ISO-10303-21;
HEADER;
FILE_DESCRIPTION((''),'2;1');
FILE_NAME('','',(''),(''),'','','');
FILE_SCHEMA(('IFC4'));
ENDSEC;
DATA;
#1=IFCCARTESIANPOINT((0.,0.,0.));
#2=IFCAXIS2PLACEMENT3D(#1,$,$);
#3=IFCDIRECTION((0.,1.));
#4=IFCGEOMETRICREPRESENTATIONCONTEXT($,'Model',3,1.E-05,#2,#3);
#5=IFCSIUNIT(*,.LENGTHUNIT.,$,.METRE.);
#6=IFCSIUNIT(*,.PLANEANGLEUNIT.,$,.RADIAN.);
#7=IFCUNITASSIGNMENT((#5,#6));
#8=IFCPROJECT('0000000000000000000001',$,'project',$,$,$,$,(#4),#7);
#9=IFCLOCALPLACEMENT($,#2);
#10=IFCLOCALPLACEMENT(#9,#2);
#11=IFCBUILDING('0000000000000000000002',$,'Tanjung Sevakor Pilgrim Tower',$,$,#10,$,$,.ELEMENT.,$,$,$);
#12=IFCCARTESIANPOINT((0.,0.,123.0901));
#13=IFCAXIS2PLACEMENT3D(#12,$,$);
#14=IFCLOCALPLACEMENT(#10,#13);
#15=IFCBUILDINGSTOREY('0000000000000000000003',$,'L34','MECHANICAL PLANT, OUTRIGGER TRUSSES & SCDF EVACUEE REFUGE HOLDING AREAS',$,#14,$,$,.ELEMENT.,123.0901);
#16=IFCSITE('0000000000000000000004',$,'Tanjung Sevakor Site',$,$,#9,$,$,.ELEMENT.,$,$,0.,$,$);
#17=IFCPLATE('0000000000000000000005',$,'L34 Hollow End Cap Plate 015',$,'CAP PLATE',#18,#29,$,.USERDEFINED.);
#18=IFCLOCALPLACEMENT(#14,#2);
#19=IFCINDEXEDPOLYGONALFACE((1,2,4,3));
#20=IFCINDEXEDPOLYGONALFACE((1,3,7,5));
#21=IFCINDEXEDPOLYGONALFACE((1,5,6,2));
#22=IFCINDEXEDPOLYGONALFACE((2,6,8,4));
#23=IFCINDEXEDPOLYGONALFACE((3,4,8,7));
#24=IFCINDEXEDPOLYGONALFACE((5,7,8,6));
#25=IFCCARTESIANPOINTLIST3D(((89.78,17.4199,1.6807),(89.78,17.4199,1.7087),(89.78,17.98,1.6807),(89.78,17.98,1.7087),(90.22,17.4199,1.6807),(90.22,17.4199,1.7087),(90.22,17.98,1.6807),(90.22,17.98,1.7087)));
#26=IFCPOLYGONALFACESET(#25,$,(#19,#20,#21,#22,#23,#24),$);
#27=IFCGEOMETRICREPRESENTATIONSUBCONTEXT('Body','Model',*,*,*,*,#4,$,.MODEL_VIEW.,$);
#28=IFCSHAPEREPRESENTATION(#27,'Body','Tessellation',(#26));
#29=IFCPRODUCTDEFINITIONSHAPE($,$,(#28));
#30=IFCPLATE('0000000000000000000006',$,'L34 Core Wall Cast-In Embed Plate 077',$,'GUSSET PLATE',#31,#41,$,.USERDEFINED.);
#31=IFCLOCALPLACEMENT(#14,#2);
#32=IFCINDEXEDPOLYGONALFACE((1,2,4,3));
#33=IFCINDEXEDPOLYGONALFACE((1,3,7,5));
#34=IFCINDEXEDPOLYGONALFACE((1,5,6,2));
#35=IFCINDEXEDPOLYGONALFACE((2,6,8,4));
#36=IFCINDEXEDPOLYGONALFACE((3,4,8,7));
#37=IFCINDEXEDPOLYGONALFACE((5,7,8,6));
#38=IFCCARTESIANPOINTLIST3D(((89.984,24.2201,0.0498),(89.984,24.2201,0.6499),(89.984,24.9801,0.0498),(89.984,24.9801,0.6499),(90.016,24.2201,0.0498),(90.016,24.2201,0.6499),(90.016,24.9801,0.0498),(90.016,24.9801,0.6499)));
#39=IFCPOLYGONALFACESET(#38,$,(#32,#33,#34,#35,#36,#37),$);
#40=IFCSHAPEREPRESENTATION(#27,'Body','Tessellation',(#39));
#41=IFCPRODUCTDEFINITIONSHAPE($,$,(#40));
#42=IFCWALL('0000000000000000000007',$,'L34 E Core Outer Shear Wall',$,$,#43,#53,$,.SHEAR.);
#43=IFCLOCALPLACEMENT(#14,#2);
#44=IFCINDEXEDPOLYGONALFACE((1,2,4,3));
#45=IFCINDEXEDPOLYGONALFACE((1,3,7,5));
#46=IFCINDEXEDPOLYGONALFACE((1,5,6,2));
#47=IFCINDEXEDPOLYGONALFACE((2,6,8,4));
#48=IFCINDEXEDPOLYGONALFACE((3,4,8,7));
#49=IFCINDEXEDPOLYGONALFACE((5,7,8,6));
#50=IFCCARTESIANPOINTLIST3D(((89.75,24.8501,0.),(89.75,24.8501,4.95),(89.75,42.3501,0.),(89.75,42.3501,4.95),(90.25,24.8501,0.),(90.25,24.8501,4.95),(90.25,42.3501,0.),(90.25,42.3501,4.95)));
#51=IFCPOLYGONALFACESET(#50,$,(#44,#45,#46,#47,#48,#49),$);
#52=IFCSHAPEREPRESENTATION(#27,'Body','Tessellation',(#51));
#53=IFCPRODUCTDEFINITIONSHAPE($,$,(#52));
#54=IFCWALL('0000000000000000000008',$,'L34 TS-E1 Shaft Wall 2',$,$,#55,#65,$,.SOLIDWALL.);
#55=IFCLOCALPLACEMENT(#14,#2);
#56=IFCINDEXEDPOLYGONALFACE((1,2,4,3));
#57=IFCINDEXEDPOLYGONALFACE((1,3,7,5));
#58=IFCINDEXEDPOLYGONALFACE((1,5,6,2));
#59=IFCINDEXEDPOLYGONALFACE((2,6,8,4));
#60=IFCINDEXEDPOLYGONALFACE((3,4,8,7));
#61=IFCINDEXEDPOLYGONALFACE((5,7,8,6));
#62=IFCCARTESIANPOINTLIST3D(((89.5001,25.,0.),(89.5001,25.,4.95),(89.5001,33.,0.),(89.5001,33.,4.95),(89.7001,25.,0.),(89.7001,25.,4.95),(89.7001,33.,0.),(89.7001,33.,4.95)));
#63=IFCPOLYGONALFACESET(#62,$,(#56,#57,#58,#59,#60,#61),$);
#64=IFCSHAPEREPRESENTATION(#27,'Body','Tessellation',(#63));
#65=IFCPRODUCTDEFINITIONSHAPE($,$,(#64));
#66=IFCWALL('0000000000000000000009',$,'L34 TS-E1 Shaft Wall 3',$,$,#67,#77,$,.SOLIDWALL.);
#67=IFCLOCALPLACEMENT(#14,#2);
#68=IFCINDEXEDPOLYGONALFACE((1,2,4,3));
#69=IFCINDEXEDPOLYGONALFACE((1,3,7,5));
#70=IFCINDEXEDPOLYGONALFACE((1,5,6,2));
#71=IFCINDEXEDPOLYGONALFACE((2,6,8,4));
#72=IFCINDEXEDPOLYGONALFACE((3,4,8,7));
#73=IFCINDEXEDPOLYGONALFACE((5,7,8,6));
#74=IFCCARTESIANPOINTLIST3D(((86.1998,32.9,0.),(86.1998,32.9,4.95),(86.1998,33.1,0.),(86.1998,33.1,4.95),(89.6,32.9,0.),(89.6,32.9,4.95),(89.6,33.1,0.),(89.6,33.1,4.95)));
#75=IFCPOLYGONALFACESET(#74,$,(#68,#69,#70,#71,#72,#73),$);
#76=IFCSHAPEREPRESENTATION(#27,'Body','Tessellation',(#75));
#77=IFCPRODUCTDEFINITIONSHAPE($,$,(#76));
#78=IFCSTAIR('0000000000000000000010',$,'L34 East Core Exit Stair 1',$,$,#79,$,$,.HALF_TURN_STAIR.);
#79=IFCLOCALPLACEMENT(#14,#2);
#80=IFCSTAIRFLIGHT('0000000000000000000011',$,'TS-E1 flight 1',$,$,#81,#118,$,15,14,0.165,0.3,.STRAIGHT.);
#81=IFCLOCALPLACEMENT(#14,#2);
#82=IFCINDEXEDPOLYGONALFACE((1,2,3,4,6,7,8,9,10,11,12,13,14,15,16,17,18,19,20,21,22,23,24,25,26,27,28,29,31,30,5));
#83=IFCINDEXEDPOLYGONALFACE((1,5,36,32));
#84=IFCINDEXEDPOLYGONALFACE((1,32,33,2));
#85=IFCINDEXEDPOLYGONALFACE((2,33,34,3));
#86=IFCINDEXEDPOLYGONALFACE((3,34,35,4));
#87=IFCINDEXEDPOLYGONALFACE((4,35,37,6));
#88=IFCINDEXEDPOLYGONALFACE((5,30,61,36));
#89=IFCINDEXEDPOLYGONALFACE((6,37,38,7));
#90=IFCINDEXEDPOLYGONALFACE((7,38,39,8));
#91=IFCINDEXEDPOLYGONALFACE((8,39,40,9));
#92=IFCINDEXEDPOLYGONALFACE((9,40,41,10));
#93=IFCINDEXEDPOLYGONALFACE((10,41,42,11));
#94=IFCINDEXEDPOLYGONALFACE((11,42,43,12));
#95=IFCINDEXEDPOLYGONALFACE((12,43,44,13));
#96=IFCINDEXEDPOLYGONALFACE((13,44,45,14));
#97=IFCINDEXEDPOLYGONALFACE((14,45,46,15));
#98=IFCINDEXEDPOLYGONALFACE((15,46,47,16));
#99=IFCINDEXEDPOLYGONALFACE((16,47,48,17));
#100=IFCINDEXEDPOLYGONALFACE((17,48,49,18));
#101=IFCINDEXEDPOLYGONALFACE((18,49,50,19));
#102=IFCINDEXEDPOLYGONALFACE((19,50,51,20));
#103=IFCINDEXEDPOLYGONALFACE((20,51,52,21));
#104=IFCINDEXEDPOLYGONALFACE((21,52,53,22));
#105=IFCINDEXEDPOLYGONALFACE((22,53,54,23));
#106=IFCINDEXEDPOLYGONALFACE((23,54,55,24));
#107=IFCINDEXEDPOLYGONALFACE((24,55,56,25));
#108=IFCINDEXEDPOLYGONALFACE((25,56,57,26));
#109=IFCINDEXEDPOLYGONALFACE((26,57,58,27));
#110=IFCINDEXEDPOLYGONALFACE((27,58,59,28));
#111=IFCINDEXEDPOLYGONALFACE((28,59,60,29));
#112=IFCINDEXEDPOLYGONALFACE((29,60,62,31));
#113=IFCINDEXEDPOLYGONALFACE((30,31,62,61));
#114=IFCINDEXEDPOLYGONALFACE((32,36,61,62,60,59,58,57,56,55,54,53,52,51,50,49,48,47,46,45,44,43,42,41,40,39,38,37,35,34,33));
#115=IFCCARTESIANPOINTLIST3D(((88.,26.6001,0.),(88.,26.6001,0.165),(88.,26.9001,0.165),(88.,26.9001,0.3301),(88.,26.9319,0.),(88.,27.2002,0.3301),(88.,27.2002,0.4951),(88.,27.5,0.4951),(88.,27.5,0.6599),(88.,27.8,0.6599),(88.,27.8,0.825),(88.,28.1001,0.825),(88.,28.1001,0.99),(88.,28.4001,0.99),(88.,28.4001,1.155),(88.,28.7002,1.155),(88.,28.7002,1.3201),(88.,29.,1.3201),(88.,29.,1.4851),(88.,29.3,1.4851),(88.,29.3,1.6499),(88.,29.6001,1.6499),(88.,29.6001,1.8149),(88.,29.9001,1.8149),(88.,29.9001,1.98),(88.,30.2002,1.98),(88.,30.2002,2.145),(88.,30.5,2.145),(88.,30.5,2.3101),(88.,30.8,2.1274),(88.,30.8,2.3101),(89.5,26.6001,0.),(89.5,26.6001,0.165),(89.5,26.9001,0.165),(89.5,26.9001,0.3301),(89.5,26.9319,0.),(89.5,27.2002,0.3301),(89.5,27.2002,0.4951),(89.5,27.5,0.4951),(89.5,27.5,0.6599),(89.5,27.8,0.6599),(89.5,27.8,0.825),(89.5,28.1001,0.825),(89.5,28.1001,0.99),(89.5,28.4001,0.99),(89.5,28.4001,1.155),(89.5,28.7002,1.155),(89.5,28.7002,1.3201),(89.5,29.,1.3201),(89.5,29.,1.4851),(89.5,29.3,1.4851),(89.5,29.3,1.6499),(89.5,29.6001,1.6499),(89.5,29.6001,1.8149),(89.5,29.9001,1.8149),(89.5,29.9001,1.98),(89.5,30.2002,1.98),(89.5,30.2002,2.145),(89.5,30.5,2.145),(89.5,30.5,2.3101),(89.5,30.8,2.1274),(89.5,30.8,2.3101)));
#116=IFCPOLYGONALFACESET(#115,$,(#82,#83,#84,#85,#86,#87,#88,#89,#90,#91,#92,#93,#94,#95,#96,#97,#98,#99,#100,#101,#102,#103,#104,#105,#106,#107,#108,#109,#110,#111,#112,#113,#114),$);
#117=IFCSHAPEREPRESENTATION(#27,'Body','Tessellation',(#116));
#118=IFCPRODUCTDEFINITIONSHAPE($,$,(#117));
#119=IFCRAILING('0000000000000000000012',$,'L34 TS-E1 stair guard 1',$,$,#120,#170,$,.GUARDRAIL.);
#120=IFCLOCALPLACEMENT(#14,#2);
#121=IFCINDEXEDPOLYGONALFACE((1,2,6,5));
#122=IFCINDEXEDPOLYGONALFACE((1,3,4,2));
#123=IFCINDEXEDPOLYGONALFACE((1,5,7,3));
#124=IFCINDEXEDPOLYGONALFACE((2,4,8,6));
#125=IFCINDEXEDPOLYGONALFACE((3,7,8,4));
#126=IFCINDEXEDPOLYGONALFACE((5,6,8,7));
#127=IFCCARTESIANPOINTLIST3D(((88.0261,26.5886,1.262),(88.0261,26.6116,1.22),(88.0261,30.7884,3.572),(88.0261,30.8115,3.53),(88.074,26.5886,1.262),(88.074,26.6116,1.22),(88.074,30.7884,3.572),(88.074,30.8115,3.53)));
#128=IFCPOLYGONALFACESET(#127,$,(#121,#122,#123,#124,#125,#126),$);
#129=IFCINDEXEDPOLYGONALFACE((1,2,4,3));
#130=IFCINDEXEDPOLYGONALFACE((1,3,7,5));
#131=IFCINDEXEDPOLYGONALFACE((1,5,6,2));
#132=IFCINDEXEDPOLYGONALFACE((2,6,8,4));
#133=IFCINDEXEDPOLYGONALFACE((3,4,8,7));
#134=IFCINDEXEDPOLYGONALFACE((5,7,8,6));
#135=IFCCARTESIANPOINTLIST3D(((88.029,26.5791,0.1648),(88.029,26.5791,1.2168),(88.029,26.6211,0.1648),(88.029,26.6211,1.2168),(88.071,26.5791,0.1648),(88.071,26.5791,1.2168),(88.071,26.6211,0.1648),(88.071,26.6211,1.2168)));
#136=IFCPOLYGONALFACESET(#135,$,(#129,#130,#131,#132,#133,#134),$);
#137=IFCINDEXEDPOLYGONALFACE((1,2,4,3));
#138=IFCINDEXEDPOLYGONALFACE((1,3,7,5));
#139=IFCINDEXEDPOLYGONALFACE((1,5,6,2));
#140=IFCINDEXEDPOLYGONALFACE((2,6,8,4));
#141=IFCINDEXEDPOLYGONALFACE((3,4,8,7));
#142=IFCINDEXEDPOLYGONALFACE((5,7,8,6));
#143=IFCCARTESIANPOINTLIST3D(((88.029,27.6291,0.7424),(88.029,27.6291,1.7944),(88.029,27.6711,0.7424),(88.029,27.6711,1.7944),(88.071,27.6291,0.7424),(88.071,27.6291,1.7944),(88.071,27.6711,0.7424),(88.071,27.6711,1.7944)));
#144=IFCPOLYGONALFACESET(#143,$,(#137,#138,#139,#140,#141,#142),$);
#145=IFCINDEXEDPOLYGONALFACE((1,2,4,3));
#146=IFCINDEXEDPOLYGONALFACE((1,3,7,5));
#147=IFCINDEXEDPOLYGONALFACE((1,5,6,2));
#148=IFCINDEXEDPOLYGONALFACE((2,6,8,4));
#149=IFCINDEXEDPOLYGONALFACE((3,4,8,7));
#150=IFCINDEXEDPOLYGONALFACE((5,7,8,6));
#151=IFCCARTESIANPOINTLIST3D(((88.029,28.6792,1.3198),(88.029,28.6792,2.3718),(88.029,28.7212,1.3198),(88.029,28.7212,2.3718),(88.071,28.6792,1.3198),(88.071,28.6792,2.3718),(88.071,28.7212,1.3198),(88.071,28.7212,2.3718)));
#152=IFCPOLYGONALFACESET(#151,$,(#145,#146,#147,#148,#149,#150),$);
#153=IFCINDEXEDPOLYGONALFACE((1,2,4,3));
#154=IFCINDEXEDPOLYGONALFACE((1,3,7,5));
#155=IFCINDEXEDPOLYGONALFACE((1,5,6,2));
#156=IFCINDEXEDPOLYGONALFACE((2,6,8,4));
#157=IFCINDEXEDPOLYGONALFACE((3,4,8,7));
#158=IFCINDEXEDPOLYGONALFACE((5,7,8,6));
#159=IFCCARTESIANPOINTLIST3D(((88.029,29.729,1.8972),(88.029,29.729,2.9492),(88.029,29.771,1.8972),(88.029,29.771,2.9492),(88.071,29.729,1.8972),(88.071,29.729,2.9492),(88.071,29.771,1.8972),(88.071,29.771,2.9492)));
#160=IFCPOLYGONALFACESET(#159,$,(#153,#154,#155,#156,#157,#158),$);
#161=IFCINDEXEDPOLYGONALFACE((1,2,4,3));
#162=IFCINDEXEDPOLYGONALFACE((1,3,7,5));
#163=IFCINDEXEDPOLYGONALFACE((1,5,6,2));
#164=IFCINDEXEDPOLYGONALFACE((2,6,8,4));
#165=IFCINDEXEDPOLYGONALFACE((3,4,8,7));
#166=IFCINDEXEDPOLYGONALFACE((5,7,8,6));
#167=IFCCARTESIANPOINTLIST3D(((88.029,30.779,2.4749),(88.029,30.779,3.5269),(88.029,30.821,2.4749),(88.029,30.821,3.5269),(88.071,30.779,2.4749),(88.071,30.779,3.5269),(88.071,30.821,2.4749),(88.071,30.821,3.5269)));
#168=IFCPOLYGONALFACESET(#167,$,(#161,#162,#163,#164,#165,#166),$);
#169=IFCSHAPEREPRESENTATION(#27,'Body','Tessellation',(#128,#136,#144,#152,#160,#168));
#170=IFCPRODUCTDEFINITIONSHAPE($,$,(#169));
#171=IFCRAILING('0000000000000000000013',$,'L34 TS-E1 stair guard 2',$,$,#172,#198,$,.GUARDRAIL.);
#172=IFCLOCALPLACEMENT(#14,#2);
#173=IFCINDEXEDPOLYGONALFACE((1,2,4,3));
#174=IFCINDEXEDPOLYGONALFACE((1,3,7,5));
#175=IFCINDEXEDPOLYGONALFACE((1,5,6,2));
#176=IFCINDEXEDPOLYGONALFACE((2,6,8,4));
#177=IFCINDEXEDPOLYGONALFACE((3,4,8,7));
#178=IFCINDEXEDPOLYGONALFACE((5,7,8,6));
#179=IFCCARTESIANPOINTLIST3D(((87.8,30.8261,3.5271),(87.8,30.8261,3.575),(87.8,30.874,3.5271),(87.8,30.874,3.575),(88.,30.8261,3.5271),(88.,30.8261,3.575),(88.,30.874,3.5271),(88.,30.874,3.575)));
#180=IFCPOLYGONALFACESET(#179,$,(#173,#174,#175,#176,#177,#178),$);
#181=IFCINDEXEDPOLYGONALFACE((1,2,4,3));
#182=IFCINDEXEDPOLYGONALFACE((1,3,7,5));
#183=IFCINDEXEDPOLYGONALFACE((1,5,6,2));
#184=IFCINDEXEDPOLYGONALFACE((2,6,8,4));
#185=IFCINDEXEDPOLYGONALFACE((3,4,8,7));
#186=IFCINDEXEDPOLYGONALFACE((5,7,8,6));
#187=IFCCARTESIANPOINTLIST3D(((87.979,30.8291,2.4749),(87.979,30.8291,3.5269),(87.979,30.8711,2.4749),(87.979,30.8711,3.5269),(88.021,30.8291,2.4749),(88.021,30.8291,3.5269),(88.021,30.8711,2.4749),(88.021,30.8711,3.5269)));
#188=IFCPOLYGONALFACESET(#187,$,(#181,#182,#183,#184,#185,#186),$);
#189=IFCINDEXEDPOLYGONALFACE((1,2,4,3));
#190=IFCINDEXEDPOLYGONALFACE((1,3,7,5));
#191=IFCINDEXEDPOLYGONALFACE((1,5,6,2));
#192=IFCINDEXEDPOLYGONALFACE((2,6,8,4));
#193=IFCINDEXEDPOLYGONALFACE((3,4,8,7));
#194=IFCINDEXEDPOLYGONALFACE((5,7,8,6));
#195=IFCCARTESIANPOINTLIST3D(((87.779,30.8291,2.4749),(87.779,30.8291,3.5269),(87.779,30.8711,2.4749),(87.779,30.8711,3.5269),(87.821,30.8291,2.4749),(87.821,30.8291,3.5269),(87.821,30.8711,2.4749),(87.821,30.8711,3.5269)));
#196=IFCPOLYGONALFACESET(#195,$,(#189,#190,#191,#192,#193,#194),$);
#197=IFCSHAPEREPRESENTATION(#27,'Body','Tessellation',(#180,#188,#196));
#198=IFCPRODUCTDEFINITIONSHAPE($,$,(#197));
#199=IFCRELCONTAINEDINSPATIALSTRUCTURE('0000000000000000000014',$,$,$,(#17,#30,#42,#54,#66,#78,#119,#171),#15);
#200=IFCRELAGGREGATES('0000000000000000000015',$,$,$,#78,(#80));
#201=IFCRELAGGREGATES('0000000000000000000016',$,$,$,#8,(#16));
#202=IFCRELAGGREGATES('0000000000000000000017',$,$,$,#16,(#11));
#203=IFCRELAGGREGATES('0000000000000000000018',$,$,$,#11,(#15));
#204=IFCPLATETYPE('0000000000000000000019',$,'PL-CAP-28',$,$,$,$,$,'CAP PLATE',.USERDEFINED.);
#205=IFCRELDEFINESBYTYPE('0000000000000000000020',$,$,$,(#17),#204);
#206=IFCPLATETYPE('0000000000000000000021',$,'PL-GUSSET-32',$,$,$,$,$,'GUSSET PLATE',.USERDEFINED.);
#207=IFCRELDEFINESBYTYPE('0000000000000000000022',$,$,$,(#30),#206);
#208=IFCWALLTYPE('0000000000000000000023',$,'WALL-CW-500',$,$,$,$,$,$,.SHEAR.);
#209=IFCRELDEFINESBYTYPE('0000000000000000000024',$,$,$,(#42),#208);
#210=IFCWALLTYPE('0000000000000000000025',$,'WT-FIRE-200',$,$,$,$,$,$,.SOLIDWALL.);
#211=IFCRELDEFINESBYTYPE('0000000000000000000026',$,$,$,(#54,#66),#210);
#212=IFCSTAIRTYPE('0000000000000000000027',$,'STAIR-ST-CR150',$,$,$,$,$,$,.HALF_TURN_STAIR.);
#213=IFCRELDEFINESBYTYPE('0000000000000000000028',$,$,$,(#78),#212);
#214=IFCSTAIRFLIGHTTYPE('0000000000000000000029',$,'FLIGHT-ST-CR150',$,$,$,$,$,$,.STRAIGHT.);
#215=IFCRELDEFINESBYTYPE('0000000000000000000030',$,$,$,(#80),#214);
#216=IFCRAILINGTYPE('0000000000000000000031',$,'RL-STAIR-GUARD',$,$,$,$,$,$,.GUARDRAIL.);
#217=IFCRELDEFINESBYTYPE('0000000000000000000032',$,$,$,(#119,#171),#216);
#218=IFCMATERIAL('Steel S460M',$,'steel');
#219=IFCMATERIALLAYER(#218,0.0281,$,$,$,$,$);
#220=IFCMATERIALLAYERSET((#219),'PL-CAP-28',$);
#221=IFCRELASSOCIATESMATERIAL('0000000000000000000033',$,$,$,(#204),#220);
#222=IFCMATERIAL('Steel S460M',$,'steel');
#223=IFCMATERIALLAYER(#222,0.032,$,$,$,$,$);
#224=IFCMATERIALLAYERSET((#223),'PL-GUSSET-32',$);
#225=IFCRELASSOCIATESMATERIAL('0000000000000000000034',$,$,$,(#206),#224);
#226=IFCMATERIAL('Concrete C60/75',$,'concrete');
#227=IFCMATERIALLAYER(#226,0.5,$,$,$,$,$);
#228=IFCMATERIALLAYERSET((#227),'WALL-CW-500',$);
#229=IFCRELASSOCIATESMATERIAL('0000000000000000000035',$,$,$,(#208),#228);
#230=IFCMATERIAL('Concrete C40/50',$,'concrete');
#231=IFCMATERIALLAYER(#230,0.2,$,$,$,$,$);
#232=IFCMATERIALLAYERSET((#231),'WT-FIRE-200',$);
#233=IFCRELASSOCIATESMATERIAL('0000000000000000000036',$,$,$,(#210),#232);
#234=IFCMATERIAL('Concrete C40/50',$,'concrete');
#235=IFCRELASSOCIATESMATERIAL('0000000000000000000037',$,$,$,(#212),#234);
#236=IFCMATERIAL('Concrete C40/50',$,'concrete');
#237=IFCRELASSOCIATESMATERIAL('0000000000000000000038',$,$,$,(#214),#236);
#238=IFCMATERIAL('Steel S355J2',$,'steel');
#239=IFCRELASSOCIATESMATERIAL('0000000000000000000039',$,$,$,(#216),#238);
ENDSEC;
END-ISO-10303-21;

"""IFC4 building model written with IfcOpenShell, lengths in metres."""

from ifc_helpers import new_model, si_unit, direction, frame, frame_2d, origin, origin_2d, place, context, subcontext, project, spatial, polyline, rectangle, outline, extrude, material, layer, layer_set, type_object, element, aggregate, save


model = new_model("IFC4")

# Units and contexts
model_context = context("Model", 3, precision=1e-05, world=origin(), true_north=direction((0.0, 1.0)))
body_context = subcontext(model_context, "Body", "Model", "MODEL_VIEW")
ifc_project = project(units=[si_unit("LENGTHUNIT", "METRE"), si_unit("PLANEANGLEUNIT", "RADIAN")], contexts=[model_context])

# Site, building, storey
site_placement = place(None, origin())
site = spatial("IfcSite", under=ifc_project, at=site_placement, Name="Tanjung Sevakor Site", CompositionType="ELEMENT", RefElevation=0.0)
building_placement = place(site_placement, origin())
building = spatial("IfcBuilding", under=site, at=building_placement, Name="Tanjung Sevakor Pilgrim Tower", CompositionType="ELEMENT")
storey_placement = place(building_placement, frame((0.0, 0.0, 123.0901)))
storey = spatial("IfcBuildingStorey", under=building, at=storey_placement, Name="L34", Description="MECHANICAL PLANT, OUTRIGGER TRUSSES & SCDF EVACUEE REFUGE HOLDING AREAS", CompositionType="ELEMENT", Elevation=123.0901)

# Plates
ifc_material_1 = material(Name="Steel S460M", Category="steel")
ifc_layer_1 = layer(ifc_material_1, 0.0281)
ifc_layer_set_1 = layer_set([ifc_layer_1], Name="PL-CAP-28")
plate_type_1 = type_object("IfcPlateType", Name="PL-CAP-28", ElementType="CAP PLATE", PredefinedType="USERDEFINED", material=ifc_layer_set_1)
plate_1_placement = place(storey_placement, frame((90.0, 17.7, 1.6807), z_axis=(0.0, 0.0, 1.0), x_axis=(1.0, 0.0, 0.0)))
element("IfcPlate", 1, at=plate_1_placement, inside=storey, type_object=plate_type_1, Name="L34 Hollow End Cap Plate 015", ObjectType="CAP PLATE", PredefinedType="USERDEFINED", context=body_context, shape_type="SweptSolid", body=[
    extrude(rectangle(XDim=0.4399, YDim=0.5601, at=origin_2d()), origin(), (0.0, 0.0, 1.0), 0.0281),
])
ifc_material_2 = material(Name="Steel S460M", Category="steel")
ifc_layer_2 = layer(ifc_material_2, 0.032)
ifc_layer_set_2 = layer_set([ifc_layer_2], Name="PL-GUSSET-32")
plate_type_2 = type_object("IfcPlateType", Name="PL-GUSSET-32", ElementType="GUSSET PLATE", PredefinedType="USERDEFINED", material=ifc_layer_set_2)
plate_2_placement = place(storey_placement, frame((90.0, 24.6001, 0.0498), z_axis=(0.0, 0.0, 1.0), x_axis=(1.0, 0.0, 0.0)))
element("IfcPlate", 2, at=plate_2_placement, inside=storey, type_object=plate_type_2, Name="L34 Core Wall Cast-In Embed Plate 077", ObjectType="GUSSET PLATE", PredefinedType="USERDEFINED", context=body_context, shape_type="SweptSolid", body=[
    extrude(rectangle(XDim=0.032, YDim=0.76, at=origin_2d()), origin(), (0.0, 0.0, 1.0), 0.6001),
])

# Walls
ifc_material_3 = material(Name="Concrete C60/75", Category="concrete")
ifc_layer_3 = layer(ifc_material_3, 0.5)
ifc_layer_set_3 = layer_set([ifc_layer_3], Name="WALL-CW-500")
wall_type_1 = type_object("IfcWallType", Name="WALL-CW-500", PredefinedType="SHEAR", material=ifc_layer_set_3)
wall_1_placement = place(storey_placement, frame((90.0, 24.8501, 0.0), z_axis=(0.0, 0.0, 1.0), x_axis=(0.0, 1.0, 0.0)))
element("IfcWall", 3, at=wall_1_placement, inside=storey, type_object=wall_type_1, Name="L34 E Core Outer Shear Wall", PredefinedType="SHEAR", context=body_context, shape_type="SweptSolid", body=[
    extrude(rectangle(XDim=17.5, YDim=0.5, at=frame_2d((8.75, 0.0))), origin(), (0.0, 0.0, 1.0), 4.95),
])
ifc_material_4 = material(Name="Concrete C40/50", Category="concrete")
ifc_layer_4 = layer(ifc_material_4, 0.2)
ifc_layer_set_4 = layer_set([ifc_layer_4], Name="WT-FIRE-200")
wall_type_2 = type_object("IfcWallType", Name="WT-FIRE-200", PredefinedType="SOLIDWALL", material=ifc_layer_set_4)
wall_2_placement = place(storey_placement, frame((89.6001, 25.0, 0.0), z_axis=(0.0, 0.0, 1.0), x_axis=(0.0, 1.0, 0.0)))
element("IfcWall", 4, at=wall_2_placement, inside=storey, type_object=wall_type_2, Name="L34 TS-E1 Shaft Wall 2", PredefinedType="SOLIDWALL", context=body_context, shape_type="SweptSolid", body=[
    extrude(rectangle(XDim=8.0, YDim=0.2, at=frame_2d((4.0, 0.0))), origin(), (0.0, 0.0, 1.0), 4.95),
])
wall_3_placement = place(storey_placement, frame((89.6001, 33.0, 0.0), z_axis=(0.0, 0.0, 1.0), x_axis=(-1.0, 0.0, 0.0)))
element("IfcWall", 5, at=wall_3_placement, inside=storey, type_object=wall_type_2, Name="L34 TS-E1 Shaft Wall 3", PredefinedType="SOLIDWALL", context=body_context, shape_type="SweptSolid", body=[
    extrude(rectangle(XDim=3.4001, YDim=0.2, at=frame_2d((1.7002, 0.0))), origin(), (0.0, 0.0, 1.0), 4.95),
])

# Stair, stair flight
ifc_material_5 = material(Name="Concrete C40/50", Category="concrete")
stair_type = type_object("IfcStairType", Name="STAIR-ST-CR150", PredefinedType="HALF_TURN_STAIR", material=ifc_material_5)
stair_placement = place(storey_placement, origin())
stair = element("IfcStair", 6, at=stair_placement, inside=storey, type_object=stair_type, Name="L34 East Core Exit Stair 1", PredefinedType="HALF_TURN_STAIR")
ifc_material_6 = material(Name="Concrete C40/50", Category="concrete")
stair_flight_type = type_object("IfcStairFlightType", Name="FLIGHT-ST-CR150", PredefinedType="STRAIGHT", material=ifc_material_6)
stair_flight_placement = place(storey_placement, frame((88.75, 26.6001, 0.0), z_axis=(0.0, 0.0, 1.0), x_axis=(0.0, 1.0, 0.0)))
stair_flight = element("IfcStairFlight", 7, at=stair_flight_placement, type_object=stair_flight_type, Name="TS-E1 flight 1", NumberOfRisers=15, NumberOfTreads=14, PredefinedType="STRAIGHT", RiserHeight=0.165, TreadLength=0.3, context=body_context, shape_type="SweptSolid", body=[
    extrude(outline(polyline([(0.0, 0.0), (0.0, 0.165), (0.3, 0.165), (0.3, 0.3301), (0.6001, 0.3301), (0.6001, 0.4951), (0.8999, 0.4951), (0.8999, 0.6599), (1.2, 0.6599), (1.2, 0.825), (1.5, 0.825), (1.5, 0.99), (1.8, 0.99), (1.8, 1.155), (2.1001, 1.155), (2.1001, 1.3201), (2.3999, 1.3201), (2.3999, 1.4851), (2.7, 1.4851), (2.7, 1.6499), (3.0, 1.6499), (3.0, 1.8149), (3.3, 1.8149), (3.3, 1.98), (3.6001, 1.98), (3.6001, 2.145), (3.8999, 2.145), (3.8999, 2.3101), (4.2, 2.3101), (4.2, 2.4751), (4.2, 2.1274), (0.3318, 0.0), (0.0, 0.0)])), frame((0.0, 0.75, 0.0), z_axis=(0.0, -1.0, 0.0), x_axis=(1.0, 0.0, 0.0)), (0.0, 0.0, 1.0), 1.5),
])
aggregate(stair, [stair_flight])

# Railings
ifc_material_7 = material(Name="Steel S355J2", Category="steel")
railing_type_1 = type_object("IfcRailingType", Name="RL-STAIR-GUARD", PredefinedType="GUARDRAIL", material=ifc_material_7)
railing_1_placement = place(storey_placement, frame((88.05, 26.6001, 0.1648)))
element("IfcRailing", 8, at=railing_1_placement, inside=storey, type_object=railing_type_1, Name="L34 TS-E1 stair guard 1", PredefinedType="GUARDRAIL", context=body_context, shape_type="SweptSolid", body=[
    extrude(rectangle(XDim=0.0479, YDim=0.0479), frame((0.0, 0.0, 1.0762), z_axis=(0.0, 0.876208, 0.481932), x_axis=(-1.0, 0.0, 0.0)), (0.0, 0.0, 1.0), 4.7932),
    extrude(rectangle(XDim=0.042, YDim=0.042), origin(), (0.0, 0.0, 1.0), 1.052),
    extrude(rectangle(XDim=0.042, YDim=0.042), frame((0.0, 1.05, 0.5776)), (0.0, 0.0, 1.0), 1.052),
    extrude(rectangle(XDim=0.042, YDim=0.042), frame((0.0, 2.1001, 1.155)), (0.0, 0.0, 1.0), 1.052),
    extrude(rectangle(XDim=0.042, YDim=0.042), frame((0.0, 3.1499, 1.7324)), (0.0, 0.0, 1.0), 1.052),
    extrude(rectangle(XDim=0.042, YDim=0.042), frame((0.0, 4.2, 2.3101)), (0.0, 0.0, 1.0), 1.052),
])
for number, where, name in (
    (9, (88.0, 30.8501, 2.4749), "L34 TS-E1 stair guard 2"),
):
    element("IfcRailing", number, at=place(storey_placement, frame(where)), inside=storey, type_object=railing_type_1, Name=name, PredefinedType="GUARDRAIL", context=body_context, shape_type="SweptSolid", body=[
        extrude(rectangle(XDim=0.0479, YDim=0.0479), frame((0.0, 0.0, 1.0762), z_axis=(-1.0, 0.0, 0.0), x_axis=(0.0, -1.0, 0.0)), (0.0, 0.0, 1.0), 0.2),
        extrude(rectangle(XDim=0.042, YDim=0.042), origin(), (0.0, 0.0, 1.0), 1.052),
        extrude(rectangle(XDim=0.042, YDim=0.042), frame((-0.2, 0.0, 0.0)), (0.0, 0.0, 1.0), 1.052),
    ])

save(model, "model.ifc")
